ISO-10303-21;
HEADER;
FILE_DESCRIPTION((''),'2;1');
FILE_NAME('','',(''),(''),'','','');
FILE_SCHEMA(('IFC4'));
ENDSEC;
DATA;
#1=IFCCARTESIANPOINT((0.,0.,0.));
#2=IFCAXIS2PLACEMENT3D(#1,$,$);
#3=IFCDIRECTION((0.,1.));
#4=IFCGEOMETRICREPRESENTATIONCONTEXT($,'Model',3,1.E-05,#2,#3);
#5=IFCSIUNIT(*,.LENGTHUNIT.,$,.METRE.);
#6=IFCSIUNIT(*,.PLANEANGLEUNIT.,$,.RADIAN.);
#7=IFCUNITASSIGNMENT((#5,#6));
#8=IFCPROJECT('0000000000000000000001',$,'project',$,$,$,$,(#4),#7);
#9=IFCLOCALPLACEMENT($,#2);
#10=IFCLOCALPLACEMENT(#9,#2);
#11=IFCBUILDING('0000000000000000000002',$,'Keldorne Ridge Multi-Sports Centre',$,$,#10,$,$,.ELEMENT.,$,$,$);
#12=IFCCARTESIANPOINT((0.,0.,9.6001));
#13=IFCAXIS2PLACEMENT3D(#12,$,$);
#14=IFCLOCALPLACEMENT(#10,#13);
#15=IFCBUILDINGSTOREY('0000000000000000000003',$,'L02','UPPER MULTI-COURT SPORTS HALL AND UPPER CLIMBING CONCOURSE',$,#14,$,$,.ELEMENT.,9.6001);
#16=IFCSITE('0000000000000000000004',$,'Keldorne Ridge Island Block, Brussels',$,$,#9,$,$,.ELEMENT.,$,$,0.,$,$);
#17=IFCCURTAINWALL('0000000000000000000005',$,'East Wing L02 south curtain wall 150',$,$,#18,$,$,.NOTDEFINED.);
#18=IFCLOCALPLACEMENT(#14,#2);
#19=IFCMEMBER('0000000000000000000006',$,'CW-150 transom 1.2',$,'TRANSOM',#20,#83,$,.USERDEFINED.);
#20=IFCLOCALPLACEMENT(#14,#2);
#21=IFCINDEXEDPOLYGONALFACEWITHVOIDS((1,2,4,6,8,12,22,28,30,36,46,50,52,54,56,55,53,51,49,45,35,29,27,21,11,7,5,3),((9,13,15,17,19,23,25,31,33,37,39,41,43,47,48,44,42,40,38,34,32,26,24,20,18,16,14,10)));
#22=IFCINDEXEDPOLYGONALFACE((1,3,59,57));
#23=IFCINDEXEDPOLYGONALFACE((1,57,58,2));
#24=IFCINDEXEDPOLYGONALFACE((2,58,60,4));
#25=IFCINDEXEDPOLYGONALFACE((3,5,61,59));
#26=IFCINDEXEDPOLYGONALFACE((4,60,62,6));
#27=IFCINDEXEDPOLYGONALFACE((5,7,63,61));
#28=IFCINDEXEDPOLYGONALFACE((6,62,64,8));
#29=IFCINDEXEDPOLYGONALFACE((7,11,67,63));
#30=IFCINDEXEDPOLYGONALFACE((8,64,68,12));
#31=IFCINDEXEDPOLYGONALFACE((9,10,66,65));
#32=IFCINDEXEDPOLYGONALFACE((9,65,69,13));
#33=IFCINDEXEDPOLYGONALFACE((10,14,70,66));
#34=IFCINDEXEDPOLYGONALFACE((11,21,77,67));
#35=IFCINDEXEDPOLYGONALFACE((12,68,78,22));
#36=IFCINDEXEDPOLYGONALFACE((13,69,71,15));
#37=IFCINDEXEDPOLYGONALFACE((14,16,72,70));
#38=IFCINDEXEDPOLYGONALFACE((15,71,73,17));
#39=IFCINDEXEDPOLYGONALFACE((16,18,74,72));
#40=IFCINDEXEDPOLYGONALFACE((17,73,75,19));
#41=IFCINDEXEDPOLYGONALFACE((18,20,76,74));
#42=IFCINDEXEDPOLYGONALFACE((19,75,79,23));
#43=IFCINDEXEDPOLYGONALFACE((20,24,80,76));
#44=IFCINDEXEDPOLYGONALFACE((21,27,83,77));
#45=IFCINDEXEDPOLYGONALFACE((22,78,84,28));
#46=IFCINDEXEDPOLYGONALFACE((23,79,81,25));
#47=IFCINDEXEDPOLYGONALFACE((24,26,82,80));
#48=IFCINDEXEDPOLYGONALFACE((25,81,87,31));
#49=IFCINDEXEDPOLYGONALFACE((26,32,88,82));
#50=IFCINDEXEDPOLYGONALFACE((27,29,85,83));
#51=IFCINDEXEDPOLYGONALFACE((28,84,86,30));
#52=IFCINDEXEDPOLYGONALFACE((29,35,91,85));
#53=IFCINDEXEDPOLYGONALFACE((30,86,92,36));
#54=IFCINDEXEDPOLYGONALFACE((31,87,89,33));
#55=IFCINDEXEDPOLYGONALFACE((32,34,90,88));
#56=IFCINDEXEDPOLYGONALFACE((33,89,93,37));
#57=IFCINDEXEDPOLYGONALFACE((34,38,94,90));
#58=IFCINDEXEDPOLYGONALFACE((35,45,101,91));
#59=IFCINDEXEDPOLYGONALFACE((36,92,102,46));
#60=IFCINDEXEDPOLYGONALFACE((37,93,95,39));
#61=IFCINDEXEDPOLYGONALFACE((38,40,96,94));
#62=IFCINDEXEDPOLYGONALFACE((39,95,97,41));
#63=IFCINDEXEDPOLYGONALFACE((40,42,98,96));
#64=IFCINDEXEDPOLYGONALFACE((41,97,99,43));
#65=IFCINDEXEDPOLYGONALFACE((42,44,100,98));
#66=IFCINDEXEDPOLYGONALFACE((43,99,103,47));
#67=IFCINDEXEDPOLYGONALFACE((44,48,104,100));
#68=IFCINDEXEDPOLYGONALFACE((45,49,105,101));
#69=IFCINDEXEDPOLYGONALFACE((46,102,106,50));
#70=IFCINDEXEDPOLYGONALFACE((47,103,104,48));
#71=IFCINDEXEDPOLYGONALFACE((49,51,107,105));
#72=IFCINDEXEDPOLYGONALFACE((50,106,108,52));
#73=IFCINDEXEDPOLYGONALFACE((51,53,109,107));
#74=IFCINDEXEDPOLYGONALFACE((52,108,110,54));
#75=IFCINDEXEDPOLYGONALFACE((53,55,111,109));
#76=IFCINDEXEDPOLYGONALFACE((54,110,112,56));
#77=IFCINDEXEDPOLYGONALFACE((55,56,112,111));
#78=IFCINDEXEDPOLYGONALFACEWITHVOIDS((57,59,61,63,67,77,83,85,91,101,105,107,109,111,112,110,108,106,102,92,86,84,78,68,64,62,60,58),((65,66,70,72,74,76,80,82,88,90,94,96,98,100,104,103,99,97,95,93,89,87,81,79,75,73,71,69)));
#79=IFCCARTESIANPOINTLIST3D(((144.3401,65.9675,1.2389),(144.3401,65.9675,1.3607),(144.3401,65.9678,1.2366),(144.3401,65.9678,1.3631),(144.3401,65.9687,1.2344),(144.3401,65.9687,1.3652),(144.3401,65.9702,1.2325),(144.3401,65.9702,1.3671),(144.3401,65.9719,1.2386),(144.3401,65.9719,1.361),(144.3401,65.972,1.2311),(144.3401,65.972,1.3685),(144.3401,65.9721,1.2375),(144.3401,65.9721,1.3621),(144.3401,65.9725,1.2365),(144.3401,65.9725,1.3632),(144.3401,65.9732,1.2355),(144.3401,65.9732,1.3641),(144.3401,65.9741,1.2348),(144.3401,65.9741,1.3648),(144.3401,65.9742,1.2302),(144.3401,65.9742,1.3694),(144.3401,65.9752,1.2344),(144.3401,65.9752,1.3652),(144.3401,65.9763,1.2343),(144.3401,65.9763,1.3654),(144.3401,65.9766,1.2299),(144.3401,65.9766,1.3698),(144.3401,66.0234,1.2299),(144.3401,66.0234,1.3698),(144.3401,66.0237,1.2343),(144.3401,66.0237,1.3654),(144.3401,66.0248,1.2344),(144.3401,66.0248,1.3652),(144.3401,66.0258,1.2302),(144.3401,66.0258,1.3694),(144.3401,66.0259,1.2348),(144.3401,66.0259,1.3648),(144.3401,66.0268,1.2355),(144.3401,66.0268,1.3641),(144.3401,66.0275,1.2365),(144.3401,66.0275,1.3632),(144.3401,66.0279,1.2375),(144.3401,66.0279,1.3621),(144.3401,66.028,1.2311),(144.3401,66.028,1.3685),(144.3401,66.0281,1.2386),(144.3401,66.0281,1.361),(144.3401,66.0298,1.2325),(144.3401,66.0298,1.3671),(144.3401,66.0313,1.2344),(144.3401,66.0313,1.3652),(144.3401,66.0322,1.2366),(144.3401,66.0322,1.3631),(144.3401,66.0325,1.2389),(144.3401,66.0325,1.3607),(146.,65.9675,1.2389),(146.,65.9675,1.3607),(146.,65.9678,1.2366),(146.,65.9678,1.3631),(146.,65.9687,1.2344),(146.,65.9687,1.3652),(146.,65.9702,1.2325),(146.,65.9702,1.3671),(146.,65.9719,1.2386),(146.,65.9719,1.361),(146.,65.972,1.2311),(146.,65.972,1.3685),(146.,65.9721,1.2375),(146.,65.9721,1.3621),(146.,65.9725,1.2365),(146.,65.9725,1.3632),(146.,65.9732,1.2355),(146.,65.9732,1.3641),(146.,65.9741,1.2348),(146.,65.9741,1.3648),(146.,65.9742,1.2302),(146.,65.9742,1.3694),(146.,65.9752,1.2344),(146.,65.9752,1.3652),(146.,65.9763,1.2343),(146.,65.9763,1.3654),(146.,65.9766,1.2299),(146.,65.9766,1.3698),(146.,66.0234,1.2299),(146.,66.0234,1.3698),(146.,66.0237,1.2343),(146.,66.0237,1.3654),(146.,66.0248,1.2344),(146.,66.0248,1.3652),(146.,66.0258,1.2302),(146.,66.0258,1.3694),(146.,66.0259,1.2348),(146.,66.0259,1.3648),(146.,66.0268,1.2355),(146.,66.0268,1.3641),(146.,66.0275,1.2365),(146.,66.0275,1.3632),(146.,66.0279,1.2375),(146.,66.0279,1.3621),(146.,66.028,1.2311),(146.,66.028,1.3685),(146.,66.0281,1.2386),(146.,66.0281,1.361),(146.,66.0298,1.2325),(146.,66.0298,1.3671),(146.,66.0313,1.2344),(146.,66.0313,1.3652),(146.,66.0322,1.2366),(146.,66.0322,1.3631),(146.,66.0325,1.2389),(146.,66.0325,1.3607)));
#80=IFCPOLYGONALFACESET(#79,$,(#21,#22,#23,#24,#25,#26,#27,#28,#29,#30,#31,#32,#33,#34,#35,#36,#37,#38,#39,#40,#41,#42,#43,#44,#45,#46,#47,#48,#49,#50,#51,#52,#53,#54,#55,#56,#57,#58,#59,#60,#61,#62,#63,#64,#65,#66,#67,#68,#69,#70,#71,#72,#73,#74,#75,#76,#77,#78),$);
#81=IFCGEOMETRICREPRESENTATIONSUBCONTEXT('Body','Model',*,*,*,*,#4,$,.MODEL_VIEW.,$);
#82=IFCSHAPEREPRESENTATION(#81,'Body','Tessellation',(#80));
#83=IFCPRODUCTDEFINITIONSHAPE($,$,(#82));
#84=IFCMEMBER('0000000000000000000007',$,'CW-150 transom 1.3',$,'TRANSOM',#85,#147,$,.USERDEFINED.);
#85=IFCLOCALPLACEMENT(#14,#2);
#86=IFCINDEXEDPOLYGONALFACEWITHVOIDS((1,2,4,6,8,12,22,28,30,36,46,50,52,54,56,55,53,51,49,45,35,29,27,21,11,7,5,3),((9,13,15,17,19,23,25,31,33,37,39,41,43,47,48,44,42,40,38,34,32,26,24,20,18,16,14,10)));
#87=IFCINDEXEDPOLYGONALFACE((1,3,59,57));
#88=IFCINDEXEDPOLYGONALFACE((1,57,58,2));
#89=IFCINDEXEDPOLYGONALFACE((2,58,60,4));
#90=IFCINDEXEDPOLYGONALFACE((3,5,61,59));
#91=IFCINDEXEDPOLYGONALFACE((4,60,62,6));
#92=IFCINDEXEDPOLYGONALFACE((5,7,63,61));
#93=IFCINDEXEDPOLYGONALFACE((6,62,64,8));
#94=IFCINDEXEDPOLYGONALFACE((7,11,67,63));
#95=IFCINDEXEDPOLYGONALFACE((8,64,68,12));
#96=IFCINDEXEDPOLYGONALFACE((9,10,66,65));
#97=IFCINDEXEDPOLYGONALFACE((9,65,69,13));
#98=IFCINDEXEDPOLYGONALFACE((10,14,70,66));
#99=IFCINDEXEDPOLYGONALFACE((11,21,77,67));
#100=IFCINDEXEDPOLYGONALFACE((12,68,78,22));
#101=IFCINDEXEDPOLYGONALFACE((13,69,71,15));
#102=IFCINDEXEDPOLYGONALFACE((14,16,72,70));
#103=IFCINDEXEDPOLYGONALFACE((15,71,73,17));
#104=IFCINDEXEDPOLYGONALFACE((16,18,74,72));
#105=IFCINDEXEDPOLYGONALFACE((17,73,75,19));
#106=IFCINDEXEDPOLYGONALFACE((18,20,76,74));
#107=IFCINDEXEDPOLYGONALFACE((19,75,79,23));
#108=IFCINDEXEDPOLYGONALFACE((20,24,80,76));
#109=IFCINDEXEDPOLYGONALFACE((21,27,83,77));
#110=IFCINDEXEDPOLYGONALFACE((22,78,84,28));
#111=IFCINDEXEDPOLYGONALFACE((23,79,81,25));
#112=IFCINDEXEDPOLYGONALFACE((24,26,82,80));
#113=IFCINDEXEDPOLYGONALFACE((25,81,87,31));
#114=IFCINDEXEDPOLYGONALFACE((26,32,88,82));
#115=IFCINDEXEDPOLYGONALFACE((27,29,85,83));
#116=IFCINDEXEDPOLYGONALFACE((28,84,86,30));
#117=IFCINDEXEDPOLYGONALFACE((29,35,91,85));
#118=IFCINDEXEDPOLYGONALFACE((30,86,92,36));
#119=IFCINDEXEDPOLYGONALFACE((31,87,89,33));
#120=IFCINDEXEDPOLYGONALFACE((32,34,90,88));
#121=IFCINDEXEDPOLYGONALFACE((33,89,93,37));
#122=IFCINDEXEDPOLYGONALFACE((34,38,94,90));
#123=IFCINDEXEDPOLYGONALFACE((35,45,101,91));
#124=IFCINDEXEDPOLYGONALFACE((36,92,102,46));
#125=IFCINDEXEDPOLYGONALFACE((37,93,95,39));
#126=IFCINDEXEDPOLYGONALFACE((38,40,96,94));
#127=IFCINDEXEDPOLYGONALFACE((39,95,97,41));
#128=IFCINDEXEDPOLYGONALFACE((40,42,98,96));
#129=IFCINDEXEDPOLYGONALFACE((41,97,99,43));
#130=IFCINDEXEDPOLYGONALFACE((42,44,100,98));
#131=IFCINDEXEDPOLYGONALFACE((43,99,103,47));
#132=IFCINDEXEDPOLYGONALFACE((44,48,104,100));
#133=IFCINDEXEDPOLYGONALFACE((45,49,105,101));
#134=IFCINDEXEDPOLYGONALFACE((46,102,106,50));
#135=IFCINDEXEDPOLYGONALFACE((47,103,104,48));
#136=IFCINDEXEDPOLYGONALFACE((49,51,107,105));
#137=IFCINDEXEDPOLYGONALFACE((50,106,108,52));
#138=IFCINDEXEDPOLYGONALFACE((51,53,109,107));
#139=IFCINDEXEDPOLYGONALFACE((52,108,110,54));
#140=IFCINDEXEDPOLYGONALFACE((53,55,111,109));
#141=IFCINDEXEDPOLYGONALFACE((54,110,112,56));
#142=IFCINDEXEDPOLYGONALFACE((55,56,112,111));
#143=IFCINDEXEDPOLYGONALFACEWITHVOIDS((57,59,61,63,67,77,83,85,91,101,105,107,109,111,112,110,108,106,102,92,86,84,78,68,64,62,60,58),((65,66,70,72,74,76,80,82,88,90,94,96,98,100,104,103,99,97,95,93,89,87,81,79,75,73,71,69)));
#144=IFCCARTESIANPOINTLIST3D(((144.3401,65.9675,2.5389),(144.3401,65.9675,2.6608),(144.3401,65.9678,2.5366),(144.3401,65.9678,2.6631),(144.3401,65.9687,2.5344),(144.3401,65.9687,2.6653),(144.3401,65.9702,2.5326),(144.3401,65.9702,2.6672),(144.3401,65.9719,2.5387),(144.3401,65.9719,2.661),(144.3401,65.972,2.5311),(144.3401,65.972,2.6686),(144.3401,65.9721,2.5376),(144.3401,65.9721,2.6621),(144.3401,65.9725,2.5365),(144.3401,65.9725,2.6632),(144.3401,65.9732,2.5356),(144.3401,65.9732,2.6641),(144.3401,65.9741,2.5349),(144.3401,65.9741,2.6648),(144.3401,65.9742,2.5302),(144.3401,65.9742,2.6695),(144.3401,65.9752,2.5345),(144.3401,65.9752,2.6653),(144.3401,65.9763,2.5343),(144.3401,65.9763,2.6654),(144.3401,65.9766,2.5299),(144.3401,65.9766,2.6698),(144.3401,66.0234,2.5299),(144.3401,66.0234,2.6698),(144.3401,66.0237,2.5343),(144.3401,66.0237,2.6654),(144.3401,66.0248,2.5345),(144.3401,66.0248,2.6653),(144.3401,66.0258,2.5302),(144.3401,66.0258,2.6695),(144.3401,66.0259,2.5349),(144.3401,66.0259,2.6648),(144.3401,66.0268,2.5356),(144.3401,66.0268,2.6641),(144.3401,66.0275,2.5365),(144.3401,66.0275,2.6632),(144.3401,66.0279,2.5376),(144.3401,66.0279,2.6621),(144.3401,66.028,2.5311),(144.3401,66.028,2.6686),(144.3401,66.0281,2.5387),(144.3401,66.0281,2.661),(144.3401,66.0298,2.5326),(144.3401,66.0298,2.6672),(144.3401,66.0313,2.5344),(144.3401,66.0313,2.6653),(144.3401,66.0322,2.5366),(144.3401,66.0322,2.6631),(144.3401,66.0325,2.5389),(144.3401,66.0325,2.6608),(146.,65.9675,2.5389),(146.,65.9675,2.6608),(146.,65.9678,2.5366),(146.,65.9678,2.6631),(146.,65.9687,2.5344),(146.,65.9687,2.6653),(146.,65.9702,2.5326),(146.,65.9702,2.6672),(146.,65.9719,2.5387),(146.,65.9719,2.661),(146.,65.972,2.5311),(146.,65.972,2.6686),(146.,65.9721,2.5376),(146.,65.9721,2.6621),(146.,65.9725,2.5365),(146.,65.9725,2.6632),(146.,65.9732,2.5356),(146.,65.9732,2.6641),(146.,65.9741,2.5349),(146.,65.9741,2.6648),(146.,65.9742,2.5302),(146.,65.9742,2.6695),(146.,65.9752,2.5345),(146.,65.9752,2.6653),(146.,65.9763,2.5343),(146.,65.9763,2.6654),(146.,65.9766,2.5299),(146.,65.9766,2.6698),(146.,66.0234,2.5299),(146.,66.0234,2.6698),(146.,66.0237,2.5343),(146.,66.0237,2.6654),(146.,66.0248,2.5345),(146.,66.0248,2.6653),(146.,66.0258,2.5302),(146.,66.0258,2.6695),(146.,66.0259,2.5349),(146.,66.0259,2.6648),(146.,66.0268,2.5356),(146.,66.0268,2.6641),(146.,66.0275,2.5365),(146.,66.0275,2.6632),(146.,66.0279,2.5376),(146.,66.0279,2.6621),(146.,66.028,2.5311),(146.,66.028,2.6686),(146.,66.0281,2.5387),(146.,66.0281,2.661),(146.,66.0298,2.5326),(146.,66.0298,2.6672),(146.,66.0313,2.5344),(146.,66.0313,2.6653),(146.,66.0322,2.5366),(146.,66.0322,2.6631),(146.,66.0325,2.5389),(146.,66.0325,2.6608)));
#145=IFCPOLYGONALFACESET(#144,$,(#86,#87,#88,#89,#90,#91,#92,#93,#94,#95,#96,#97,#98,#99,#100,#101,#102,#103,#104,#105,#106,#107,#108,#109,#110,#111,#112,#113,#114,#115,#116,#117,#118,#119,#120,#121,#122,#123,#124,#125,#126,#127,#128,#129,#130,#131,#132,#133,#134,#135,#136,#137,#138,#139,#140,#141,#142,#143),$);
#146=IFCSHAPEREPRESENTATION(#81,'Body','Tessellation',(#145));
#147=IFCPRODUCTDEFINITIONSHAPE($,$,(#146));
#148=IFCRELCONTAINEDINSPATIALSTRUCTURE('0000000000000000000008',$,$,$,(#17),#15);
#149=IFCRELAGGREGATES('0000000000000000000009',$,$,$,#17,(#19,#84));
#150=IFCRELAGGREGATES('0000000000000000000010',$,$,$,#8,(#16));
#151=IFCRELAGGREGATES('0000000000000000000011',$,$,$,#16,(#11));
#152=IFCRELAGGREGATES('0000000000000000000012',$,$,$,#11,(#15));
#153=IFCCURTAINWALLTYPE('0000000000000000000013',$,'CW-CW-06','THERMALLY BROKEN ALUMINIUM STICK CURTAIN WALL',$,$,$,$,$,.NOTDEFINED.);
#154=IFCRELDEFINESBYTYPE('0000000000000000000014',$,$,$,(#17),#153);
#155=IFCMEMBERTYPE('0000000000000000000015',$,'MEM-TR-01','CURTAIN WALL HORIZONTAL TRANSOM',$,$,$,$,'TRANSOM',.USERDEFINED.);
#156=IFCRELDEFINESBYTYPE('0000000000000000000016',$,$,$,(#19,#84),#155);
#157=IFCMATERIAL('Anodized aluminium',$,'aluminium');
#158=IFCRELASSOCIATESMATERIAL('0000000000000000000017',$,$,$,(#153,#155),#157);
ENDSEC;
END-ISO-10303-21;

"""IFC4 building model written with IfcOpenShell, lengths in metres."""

from ifc_helpers import new_model, si_unit, direction, frame, origin, origin_2d, place, context, subcontext, project, spatial, hollow_rectangle, extrude, material, material_profile, profile_set, type_object, element, aggregate, save


model = new_model("IFC4")

# Units and contexts
model_context = context("Model", 3, precision=1e-05, world=origin(), true_north=direction((0.0, 1.0)))
body_context = subcontext(model_context, "Body", "Model", "MODEL_VIEW")
ifc_project = project(units=[si_unit("LENGTHUNIT", "METRE"), si_unit("PLANEANGLEUNIT", "RADIAN")], contexts=[model_context])

# Site, building, storey
site_placement = place(None, origin())
site = spatial("IfcSite", under=ifc_project, at=site_placement, Name="Keldorne Ridge Island Block, Brussels", CompositionType="ELEMENT", RefElevation=0.0)
building_placement = place(site_placement, origin())
building = spatial("IfcBuilding", under=site, at=building_placement, Name="Keldorne Ridge Multi-Sports Centre", CompositionType="ELEMENT")
storey_placement = place(building_placement, frame((0.0, 0.0, 9.6001)))
storey = spatial("IfcBuildingStorey", under=building, at=storey_placement, Name="L02", Description="UPPER MULTI-COURT SPORTS HALL AND UPPER CLIMBING CONCOURSE", CompositionType="ELEMENT", Elevation=9.6001)

# Curtain wall, members
ifc_material_1 = material(Name="Anodized aluminium", Category="aluminium")
curtain_wall_type = type_object("IfcCurtainWallType", Name="CW-CW-06", Description="THERMALLY BROKEN ALUMINIUM STICK CURTAIN WALL", PredefinedType="NOTDEFINED", material=ifc_material_1)
curtain_wall_placement = place(storey_placement, origin())
curtain_wall = element("IfcCurtainWall", 1, at=curtain_wall_placement, inside=storey, type_object=curtain_wall_type, Name="East Wing L02 south curtain wall 150", PredefinedType="NOTDEFINED")
ifc_material_profile_1 = material_profile(ifc_material_1, hollow_rectangle(XDim=0.0649, YDim=0.1399, WallThickness=0.0044, InnerFilletRadius=0.0044, OuterFilletRadius=0.009, at=origin_2d()), Name="ALU TRANSOM 140x65x4.5")
ifc_profile_set_1 = profile_set([ifc_material_profile_1], Name="Anodized aluminium")
member_type_1 = type_object("IfcMemberType", Name="MEM-TR-01", Description="CURTAIN WALL HORIZONTAL TRANSOM", ElementType="TRANSOM", PredefinedType="USERDEFINED", material=ifc_profile_set_1)
member_1_placement = place(storey_placement, frame((144.3401, 66.0, 1.2998), z_axis=(1.0, 0.0, 0.0), x_axis=(0.0, 1.0, 0.0)))
member_1 = element("IfcMember", 2, at=member_1_placement, type_object=member_type_1, Name="CW-150 transom 1.2", ObjectType="TRANSOM", PredefinedType="USERDEFINED", context=body_context, shape_type="SweptSolid", body=[
    extrude(hollow_rectangle(XDim=0.0649, YDim=0.1399, WallThickness=0.0044, InnerFilletRadius=0.0044, OuterFilletRadius=0.009, at=origin_2d()), origin(), (0.0, 0.0, 1.0), 1.6599),
])
member_2_placement = place(storey_placement, frame((144.3401, 66.0, 2.5999), z_axis=(1.0, 0.0, 0.0), x_axis=(0.0, 1.0, 0.0)))
member_2 = element("IfcMember", 3, at=member_2_placement, type_object=member_type_1, Name="CW-150 transom 1.3", ObjectType="TRANSOM", PredefinedType="USERDEFINED", context=body_context, shape_type="SweptSolid", body=[
    extrude(hollow_rectangle(XDim=0.0649, YDim=0.1399, WallThickness=0.0044, InnerFilletRadius=0.0044, OuterFilletRadius=0.009, at=origin_2d()), origin(), (0.0, 0.0, 1.0), 1.6599),
])
aggregate(curtain_wall, [member_1, member_2])

save(model, "model.ifc")
